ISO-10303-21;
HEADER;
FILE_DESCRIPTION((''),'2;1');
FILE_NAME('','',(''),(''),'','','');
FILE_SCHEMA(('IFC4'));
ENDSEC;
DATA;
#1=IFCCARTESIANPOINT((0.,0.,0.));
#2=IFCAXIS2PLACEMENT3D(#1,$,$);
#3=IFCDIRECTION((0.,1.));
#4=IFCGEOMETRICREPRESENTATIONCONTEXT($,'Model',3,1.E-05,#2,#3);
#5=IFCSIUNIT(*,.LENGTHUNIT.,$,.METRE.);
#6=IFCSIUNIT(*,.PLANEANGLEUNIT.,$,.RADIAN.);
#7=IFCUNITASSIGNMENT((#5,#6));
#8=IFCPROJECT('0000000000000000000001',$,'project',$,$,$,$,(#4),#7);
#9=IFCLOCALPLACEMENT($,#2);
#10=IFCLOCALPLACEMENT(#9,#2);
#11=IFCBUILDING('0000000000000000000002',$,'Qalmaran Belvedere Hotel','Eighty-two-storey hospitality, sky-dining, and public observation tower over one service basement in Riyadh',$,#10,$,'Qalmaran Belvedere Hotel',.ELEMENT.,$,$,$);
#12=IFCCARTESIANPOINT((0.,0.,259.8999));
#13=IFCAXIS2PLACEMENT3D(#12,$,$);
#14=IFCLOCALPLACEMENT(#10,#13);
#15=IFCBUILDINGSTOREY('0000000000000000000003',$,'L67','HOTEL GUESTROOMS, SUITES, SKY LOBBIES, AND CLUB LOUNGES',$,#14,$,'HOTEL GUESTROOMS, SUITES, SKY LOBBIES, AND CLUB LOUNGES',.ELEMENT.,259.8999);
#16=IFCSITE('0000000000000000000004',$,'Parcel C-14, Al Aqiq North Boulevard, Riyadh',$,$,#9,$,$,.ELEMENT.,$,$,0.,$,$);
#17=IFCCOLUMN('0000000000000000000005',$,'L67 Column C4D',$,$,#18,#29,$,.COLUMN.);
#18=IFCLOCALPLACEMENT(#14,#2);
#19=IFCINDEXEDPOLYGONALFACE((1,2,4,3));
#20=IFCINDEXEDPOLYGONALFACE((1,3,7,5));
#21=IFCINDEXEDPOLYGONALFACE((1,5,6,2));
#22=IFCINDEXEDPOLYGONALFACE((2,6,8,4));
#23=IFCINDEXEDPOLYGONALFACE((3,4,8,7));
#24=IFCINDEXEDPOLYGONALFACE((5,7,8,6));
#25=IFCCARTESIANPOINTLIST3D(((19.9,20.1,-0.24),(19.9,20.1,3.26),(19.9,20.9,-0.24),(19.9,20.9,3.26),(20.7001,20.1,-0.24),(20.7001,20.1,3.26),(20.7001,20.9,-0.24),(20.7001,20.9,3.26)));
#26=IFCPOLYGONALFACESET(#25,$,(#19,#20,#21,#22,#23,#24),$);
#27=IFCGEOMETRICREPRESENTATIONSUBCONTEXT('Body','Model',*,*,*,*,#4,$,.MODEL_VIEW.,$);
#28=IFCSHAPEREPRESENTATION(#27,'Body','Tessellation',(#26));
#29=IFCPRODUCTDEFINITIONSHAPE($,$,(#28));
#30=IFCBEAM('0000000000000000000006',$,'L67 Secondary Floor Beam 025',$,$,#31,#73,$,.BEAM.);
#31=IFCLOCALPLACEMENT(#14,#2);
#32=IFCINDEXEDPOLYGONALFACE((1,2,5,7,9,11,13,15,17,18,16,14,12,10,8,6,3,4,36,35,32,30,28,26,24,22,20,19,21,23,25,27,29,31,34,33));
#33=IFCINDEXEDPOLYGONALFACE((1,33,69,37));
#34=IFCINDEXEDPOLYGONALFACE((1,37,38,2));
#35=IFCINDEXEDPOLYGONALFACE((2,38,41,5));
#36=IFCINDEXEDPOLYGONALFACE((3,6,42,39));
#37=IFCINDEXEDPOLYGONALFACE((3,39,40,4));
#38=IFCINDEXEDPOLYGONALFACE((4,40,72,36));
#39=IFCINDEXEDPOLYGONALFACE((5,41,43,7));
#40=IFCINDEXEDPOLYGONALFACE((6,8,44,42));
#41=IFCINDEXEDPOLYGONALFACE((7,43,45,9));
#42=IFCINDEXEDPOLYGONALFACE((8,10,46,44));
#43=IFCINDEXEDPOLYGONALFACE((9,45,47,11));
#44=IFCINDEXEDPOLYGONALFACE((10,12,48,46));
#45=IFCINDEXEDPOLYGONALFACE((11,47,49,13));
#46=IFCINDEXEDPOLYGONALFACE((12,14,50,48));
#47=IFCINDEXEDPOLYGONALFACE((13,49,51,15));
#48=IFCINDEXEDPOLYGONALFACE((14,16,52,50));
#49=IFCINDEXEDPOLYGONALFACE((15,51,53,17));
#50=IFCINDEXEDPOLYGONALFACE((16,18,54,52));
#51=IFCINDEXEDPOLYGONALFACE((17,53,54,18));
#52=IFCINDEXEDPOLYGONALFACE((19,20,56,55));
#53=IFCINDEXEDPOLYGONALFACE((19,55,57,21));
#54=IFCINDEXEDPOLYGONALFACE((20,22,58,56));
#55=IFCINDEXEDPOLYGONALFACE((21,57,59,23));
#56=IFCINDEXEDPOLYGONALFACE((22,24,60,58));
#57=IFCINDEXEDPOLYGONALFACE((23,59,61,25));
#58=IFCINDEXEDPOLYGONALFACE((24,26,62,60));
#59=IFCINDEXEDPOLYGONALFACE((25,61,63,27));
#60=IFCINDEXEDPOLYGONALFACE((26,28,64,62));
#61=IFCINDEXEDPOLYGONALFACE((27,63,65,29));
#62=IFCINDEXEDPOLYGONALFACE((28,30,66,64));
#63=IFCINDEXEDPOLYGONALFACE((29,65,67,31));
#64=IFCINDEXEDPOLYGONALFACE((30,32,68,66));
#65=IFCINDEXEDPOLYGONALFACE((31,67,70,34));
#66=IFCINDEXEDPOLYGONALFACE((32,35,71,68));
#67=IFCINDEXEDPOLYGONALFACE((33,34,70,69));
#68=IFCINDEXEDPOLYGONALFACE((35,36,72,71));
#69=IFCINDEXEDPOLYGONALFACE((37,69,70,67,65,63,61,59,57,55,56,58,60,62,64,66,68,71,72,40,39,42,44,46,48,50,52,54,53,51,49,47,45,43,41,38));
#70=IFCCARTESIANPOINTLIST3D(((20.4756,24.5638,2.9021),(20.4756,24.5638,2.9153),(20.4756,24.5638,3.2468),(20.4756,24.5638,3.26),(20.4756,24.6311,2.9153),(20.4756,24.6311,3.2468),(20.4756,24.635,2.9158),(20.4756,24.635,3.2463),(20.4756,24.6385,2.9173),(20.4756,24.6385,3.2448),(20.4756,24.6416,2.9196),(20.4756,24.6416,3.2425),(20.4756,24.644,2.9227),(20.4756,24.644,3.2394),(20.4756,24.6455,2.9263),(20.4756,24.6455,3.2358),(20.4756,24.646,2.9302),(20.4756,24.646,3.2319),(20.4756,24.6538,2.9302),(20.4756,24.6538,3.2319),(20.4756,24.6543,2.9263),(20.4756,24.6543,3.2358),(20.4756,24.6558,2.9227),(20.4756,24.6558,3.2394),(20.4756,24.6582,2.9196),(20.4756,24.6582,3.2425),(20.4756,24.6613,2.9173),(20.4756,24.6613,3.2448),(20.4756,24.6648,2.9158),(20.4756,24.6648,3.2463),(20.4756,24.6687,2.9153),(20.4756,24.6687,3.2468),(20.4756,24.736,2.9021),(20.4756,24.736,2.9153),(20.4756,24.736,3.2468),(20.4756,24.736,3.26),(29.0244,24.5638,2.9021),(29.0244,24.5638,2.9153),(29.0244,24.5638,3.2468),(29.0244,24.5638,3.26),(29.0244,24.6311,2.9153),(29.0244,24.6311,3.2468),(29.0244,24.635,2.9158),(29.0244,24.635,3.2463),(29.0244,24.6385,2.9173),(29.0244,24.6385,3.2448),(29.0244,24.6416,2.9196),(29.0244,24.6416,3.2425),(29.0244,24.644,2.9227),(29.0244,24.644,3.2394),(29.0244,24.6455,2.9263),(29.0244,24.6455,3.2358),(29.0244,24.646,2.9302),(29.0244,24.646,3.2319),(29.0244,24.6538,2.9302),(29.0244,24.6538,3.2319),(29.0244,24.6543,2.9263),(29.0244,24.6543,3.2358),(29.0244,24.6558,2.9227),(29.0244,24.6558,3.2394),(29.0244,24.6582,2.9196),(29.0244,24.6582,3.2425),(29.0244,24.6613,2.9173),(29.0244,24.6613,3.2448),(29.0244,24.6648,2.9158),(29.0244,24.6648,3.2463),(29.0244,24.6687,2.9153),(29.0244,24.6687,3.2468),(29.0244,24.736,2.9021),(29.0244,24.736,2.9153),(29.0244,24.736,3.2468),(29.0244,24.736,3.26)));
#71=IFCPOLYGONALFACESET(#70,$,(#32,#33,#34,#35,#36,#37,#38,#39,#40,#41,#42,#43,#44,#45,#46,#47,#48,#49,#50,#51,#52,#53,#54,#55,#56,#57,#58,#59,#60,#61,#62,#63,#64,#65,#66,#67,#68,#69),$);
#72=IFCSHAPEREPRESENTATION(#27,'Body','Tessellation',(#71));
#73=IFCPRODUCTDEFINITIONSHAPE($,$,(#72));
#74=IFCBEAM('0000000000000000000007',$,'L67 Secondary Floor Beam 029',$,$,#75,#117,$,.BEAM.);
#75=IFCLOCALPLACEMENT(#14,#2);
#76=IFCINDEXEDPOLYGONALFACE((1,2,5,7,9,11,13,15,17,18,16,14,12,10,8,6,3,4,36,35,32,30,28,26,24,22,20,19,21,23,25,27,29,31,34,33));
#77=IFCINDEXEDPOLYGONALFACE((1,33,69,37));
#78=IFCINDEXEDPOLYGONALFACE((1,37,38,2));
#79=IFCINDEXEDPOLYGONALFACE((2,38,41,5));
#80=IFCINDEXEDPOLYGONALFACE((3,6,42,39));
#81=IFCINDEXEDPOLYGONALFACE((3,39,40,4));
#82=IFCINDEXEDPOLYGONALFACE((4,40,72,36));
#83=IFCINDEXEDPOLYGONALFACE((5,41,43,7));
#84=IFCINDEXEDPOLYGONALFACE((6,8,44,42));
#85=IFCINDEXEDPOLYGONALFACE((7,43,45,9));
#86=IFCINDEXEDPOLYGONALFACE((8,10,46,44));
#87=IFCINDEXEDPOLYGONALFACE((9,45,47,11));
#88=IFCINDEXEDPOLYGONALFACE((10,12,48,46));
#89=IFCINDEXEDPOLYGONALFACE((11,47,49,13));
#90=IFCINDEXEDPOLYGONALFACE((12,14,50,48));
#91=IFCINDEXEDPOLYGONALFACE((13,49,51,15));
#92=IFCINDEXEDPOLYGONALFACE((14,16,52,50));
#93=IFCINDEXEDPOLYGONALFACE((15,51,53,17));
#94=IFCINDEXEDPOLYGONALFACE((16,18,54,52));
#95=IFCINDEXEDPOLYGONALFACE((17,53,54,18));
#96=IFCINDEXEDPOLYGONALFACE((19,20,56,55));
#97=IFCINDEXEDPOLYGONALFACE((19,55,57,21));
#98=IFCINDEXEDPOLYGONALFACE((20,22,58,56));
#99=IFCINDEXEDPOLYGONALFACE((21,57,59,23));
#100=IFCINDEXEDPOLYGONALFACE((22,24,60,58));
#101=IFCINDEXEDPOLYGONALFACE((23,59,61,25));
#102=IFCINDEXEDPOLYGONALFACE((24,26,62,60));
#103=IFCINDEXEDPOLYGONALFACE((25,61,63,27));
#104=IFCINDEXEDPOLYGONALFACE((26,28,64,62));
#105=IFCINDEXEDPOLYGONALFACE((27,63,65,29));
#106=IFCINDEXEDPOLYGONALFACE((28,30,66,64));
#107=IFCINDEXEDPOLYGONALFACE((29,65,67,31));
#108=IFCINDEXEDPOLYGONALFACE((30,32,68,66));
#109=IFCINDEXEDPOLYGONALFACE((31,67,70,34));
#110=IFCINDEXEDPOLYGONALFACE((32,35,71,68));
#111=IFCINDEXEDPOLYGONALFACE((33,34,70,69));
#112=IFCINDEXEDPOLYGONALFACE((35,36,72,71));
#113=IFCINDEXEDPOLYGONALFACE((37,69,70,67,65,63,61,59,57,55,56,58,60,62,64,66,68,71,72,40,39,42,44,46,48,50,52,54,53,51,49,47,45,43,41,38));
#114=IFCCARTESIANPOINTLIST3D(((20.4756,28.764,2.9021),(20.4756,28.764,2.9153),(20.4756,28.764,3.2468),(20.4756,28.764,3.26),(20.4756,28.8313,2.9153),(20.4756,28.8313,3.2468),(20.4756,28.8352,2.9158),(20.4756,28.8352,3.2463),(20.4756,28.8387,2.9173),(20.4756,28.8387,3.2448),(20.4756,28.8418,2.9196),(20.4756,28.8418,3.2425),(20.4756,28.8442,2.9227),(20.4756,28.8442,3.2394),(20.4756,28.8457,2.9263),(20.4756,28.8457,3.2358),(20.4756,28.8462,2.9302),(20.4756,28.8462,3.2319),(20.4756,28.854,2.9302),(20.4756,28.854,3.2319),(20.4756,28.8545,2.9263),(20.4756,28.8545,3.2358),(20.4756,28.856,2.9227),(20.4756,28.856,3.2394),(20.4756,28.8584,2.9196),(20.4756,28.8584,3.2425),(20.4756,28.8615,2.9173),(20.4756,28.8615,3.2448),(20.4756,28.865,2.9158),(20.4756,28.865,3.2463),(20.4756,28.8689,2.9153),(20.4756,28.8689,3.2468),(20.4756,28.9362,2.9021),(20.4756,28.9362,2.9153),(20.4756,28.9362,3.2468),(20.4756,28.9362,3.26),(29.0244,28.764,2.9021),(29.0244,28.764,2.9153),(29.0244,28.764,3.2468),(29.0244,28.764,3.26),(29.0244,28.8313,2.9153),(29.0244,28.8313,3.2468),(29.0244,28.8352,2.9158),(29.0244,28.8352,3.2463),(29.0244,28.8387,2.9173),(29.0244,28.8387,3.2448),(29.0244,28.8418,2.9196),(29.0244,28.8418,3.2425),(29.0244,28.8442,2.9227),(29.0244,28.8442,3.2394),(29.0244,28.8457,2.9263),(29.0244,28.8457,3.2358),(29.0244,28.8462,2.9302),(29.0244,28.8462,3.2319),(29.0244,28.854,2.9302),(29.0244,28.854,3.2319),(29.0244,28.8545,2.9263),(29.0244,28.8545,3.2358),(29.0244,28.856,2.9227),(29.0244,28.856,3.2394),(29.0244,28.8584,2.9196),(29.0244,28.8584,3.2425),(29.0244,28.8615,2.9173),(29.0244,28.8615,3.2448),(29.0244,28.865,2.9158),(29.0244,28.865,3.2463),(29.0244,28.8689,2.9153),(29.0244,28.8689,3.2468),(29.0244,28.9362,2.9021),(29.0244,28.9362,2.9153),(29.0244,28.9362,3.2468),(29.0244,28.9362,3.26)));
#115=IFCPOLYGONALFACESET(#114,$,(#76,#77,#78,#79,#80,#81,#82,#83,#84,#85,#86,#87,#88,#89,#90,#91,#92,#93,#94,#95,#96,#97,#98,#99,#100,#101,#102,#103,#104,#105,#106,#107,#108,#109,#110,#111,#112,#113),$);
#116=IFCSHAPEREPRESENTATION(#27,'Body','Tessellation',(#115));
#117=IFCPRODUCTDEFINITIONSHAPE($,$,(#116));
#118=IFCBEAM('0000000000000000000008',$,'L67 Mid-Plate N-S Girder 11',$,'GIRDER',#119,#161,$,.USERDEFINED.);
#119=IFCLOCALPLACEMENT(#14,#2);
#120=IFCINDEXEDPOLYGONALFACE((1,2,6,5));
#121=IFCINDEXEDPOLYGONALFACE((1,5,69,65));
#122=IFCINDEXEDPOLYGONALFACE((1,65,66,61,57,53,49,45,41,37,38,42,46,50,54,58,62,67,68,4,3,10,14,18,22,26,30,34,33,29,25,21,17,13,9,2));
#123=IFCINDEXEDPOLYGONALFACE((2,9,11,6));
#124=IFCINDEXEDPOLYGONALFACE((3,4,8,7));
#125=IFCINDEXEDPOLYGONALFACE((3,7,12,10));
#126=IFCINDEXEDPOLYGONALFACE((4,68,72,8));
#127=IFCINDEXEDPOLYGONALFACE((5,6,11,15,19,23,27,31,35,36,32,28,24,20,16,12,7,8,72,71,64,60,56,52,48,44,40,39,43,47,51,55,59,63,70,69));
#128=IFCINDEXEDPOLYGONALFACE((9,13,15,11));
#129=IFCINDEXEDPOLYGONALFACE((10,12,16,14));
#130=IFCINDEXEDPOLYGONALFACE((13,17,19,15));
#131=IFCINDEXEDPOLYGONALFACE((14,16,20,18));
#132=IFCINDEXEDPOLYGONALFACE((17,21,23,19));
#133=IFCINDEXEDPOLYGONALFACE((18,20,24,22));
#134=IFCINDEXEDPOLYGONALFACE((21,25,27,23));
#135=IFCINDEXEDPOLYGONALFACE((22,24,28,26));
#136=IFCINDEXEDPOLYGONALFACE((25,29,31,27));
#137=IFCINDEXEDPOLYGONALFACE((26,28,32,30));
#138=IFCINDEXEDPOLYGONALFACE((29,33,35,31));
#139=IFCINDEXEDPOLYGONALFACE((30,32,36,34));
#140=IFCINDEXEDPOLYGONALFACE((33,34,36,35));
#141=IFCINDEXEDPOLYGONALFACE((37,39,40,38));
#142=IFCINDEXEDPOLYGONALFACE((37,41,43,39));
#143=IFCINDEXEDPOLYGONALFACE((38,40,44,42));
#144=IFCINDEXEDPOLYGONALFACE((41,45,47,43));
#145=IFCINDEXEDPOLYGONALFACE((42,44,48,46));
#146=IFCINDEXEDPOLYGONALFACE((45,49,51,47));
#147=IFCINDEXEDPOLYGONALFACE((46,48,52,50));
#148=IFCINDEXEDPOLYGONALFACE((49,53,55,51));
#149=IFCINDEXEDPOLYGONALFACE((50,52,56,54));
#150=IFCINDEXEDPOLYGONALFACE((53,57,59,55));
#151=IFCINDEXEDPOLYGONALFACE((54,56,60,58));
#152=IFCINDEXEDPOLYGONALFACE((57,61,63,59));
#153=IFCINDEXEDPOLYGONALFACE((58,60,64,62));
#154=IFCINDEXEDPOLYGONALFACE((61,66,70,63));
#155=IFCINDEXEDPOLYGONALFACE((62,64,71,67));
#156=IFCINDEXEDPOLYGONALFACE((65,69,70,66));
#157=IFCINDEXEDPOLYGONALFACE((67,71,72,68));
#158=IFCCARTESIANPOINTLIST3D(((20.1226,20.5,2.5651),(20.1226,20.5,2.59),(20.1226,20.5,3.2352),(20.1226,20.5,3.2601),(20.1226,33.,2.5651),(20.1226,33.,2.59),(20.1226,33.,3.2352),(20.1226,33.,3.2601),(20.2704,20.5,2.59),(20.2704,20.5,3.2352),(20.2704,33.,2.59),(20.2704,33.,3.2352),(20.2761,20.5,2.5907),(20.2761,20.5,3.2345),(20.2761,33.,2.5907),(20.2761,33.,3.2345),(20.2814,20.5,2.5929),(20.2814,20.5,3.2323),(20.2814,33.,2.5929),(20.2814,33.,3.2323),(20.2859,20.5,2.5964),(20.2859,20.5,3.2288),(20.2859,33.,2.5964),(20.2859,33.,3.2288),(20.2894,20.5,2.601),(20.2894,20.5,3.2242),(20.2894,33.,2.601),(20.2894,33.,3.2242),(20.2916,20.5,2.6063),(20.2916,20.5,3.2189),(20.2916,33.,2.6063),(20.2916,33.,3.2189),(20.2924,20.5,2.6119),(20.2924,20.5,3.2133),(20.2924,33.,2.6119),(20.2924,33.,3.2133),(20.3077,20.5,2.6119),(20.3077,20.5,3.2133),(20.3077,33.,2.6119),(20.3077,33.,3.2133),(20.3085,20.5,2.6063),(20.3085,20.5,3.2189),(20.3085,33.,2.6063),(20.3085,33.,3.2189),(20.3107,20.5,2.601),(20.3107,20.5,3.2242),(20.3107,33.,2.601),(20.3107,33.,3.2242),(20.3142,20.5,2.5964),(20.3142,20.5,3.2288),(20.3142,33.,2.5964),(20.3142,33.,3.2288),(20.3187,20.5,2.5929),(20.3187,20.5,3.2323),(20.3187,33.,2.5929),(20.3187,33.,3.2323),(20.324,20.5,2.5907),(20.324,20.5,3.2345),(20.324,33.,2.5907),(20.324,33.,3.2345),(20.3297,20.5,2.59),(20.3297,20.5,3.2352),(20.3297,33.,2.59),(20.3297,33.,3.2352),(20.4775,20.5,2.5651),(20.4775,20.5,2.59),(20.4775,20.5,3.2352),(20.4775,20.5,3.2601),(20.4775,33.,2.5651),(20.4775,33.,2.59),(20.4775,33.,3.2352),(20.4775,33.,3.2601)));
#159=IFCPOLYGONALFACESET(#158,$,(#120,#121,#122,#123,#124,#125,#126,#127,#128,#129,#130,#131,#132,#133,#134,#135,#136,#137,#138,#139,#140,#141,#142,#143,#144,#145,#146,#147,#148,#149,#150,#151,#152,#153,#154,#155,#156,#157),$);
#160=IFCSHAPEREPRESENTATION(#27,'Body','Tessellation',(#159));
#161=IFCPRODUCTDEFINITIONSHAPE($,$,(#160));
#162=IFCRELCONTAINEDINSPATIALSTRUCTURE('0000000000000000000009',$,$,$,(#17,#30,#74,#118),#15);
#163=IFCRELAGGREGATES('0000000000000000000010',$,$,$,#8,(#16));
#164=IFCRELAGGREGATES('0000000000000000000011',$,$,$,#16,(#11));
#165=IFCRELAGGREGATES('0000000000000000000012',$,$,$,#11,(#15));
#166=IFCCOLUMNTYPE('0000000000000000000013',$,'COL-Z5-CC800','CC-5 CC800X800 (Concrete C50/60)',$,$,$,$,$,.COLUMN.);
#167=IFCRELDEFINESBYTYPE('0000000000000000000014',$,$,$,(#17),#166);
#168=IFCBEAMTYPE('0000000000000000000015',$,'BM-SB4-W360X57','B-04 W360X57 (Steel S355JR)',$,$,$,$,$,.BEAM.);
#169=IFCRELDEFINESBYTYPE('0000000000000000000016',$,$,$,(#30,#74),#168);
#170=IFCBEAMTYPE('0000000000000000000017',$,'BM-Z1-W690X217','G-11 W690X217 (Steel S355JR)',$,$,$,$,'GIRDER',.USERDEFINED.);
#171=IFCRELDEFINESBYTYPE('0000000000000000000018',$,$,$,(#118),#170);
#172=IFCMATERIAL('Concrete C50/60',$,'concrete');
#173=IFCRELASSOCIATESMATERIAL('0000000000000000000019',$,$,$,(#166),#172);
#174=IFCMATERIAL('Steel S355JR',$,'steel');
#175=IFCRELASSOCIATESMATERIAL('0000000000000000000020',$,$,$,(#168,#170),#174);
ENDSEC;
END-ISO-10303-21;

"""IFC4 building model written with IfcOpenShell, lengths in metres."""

from ifc_helpers import new_model, si_unit, direction, frame, origin, origin_2d, place, context, subcontext, project, spatial, rectangle, i_section, extrude, material, material_profile, profile_set, type_object, element, save


model = new_model("IFC4")

# Units and contexts
model_context = context("Model", 3, precision=1e-05, world=origin(), true_north=direction((0.0, 1.0)))
body_context = subcontext(model_context, "Body", "Model", "MODEL_VIEW")
ifc_project = project(units=[si_unit("LENGTHUNIT", "METRE"), si_unit("PLANEANGLEUNIT", "RADIAN")], contexts=[model_context])

# Site, building, storey
site_placement = place(None, origin())
site = spatial("IfcSite", under=ifc_project, at=site_placement, Name="Parcel C-14, Al Aqiq North Boulevard, Riyadh", CompositionType="ELEMENT", RefElevation=0.0)
building_placement = place(site_placement, origin())
building = spatial("IfcBuilding", under=site, at=building_placement, Name="Qalmaran Belvedere Hotel", Description="Eighty-two-storey hospitality, sky-dining, and public observation tower over one service basement in Riyadh", LongName="Qalmaran Belvedere Hotel", CompositionType="ELEMENT")
storey_placement = place(building_placement, frame((0.0, 0.0, 259.8999)))
storey = spatial("IfcBuildingStorey", under=building, at=storey_placement, Name="L67", Description="HOTEL GUESTROOMS, SUITES, SKY LOBBIES, AND CLUB LOUNGES", LongName="HOTEL GUESTROOMS, SUITES, SKY LOBBIES, AND CLUB LOUNGES", CompositionType="ELEMENT", Elevation=259.8999)

# Column
ifc_material_1 = material(Name="Concrete C50/60", Category="concrete")
ifc_material_profile_1 = material_profile(ifc_material_1, rectangle(XDim=0.8, YDim=0.8, at=origin_2d()), Name="CC800X800")
ifc_profile_set_1 = profile_set([ifc_material_profile_1], Name="Concrete C50/60")
column_type = type_object("IfcColumnType", Name="COL-Z5-CC800", Description="CC-5 CC800X800 (Concrete C50/60)", PredefinedType="COLUMN", material=ifc_profile_set_1)
column_placement = place(storey_placement, frame((20.3, 20.5, -0.24), z_axis=(0.0, 0.0, 1.0), x_axis=(1.0, 0.0, 0.0)))
element("IfcColumn", 1, at=column_placement, inside=storey, type_object=column_type, Name="L67 Column C4D", PredefinedType="COLUMN", context=body_context, shape_type="SweptSolid", body=[
    extrude(rectangle(XDim=0.8, YDim=0.8, at=origin_2d()), origin(), (0.0, 0.0, 1.0), 3.5),
])

# Beams
ifc_material_2 = material(Name="Steel S355JR", Category="steel")
ifc_material_profile_2 = material_profile(ifc_material_2, i_section(OverallWidth=0.1721, OverallDepth=0.3579, WebThickness=0.0078, FlangeThickness=0.0132, FilletRadius=0.0149, at=origin_2d()), Name="W360X57")
ifc_profile_set_2 = profile_set([ifc_material_profile_2], Name="Steel S355JR")
beam_type_1 = type_object("IfcBeamType", Name="BM-SB4-W360X57", Description="B-04 W360X57 (Steel S355JR)", PredefinedType="BEAM", material=ifc_profile_set_2)
for number, where, z_axis, x_axis, name in (
    (2, (20.4756, 24.6499, 3.0811), (1.0, 0.0, 0.0), (0.0, 1.0, 0.0), "L67 Secondary Floor Beam 025"),
    (3, (20.4756, 28.8501, 3.0811), (1.0, 0.0, 0.0), (0.0, 1.0, 0.0), "L67 Secondary Floor Beam 029"),
):
    element("IfcBeam", number, at=place(storey_placement, frame(where, z_axis=z_axis, x_axis=x_axis)), inside=storey, type_object=beam_type_1, Name=name, PredefinedType="BEAM", context=body_context, shape_type="SweptSolid", body=[
        extrude(i_section(OverallWidth=0.1721, OverallDepth=0.3579, WebThickness=0.0078, FlangeThickness=0.0132, FilletRadius=0.0149, at=origin_2d()), origin(), (0.0, 0.0, 1.0), 8.5488),
    ])
ifc_material_profile_3 = material_profile(ifc_material_2, i_section(OverallWidth=0.355, OverallDepth=0.6951, WebThickness=0.0154, FlangeThickness=0.0249, FilletRadius=0.022, at=origin_2d()), Name="W690X217")
ifc_profile_set_3 = profile_set([ifc_material_profile_3], Name="Steel S355JR")
beam_type_2 = type_object("IfcBeamType", Name="BM-Z1-W690X217", Description="G-11 W690X217 (Steel S355JR)", ElementType="GIRDER", PredefinedType="USERDEFINED", material=ifc_profile_set_3)
beam_1_placement = place(storey_placement, frame((20.3, 20.5, 2.9126), z_axis=(0.0, 1.0, 0.0), x_axis=(-1.0, 0.0, 0.0)))
element("IfcBeam", 4, at=beam_1_placement, inside=storey, type_object=beam_type_2, Name="L67 Mid-Plate N-S Girder 11", ObjectType="GIRDER", PredefinedType="USERDEFINED", context=body_context, shape_type="SweptSolid", body=[
    extrude(i_section(OverallWidth=0.355, OverallDepth=0.6951, WebThickness=0.0154, FlangeThickness=0.0249, FilletRadius=0.022, at=origin_2d()), origin(), (0.0, 0.0, 1.0), 12.5),
])

save(model, "model.ifc")
